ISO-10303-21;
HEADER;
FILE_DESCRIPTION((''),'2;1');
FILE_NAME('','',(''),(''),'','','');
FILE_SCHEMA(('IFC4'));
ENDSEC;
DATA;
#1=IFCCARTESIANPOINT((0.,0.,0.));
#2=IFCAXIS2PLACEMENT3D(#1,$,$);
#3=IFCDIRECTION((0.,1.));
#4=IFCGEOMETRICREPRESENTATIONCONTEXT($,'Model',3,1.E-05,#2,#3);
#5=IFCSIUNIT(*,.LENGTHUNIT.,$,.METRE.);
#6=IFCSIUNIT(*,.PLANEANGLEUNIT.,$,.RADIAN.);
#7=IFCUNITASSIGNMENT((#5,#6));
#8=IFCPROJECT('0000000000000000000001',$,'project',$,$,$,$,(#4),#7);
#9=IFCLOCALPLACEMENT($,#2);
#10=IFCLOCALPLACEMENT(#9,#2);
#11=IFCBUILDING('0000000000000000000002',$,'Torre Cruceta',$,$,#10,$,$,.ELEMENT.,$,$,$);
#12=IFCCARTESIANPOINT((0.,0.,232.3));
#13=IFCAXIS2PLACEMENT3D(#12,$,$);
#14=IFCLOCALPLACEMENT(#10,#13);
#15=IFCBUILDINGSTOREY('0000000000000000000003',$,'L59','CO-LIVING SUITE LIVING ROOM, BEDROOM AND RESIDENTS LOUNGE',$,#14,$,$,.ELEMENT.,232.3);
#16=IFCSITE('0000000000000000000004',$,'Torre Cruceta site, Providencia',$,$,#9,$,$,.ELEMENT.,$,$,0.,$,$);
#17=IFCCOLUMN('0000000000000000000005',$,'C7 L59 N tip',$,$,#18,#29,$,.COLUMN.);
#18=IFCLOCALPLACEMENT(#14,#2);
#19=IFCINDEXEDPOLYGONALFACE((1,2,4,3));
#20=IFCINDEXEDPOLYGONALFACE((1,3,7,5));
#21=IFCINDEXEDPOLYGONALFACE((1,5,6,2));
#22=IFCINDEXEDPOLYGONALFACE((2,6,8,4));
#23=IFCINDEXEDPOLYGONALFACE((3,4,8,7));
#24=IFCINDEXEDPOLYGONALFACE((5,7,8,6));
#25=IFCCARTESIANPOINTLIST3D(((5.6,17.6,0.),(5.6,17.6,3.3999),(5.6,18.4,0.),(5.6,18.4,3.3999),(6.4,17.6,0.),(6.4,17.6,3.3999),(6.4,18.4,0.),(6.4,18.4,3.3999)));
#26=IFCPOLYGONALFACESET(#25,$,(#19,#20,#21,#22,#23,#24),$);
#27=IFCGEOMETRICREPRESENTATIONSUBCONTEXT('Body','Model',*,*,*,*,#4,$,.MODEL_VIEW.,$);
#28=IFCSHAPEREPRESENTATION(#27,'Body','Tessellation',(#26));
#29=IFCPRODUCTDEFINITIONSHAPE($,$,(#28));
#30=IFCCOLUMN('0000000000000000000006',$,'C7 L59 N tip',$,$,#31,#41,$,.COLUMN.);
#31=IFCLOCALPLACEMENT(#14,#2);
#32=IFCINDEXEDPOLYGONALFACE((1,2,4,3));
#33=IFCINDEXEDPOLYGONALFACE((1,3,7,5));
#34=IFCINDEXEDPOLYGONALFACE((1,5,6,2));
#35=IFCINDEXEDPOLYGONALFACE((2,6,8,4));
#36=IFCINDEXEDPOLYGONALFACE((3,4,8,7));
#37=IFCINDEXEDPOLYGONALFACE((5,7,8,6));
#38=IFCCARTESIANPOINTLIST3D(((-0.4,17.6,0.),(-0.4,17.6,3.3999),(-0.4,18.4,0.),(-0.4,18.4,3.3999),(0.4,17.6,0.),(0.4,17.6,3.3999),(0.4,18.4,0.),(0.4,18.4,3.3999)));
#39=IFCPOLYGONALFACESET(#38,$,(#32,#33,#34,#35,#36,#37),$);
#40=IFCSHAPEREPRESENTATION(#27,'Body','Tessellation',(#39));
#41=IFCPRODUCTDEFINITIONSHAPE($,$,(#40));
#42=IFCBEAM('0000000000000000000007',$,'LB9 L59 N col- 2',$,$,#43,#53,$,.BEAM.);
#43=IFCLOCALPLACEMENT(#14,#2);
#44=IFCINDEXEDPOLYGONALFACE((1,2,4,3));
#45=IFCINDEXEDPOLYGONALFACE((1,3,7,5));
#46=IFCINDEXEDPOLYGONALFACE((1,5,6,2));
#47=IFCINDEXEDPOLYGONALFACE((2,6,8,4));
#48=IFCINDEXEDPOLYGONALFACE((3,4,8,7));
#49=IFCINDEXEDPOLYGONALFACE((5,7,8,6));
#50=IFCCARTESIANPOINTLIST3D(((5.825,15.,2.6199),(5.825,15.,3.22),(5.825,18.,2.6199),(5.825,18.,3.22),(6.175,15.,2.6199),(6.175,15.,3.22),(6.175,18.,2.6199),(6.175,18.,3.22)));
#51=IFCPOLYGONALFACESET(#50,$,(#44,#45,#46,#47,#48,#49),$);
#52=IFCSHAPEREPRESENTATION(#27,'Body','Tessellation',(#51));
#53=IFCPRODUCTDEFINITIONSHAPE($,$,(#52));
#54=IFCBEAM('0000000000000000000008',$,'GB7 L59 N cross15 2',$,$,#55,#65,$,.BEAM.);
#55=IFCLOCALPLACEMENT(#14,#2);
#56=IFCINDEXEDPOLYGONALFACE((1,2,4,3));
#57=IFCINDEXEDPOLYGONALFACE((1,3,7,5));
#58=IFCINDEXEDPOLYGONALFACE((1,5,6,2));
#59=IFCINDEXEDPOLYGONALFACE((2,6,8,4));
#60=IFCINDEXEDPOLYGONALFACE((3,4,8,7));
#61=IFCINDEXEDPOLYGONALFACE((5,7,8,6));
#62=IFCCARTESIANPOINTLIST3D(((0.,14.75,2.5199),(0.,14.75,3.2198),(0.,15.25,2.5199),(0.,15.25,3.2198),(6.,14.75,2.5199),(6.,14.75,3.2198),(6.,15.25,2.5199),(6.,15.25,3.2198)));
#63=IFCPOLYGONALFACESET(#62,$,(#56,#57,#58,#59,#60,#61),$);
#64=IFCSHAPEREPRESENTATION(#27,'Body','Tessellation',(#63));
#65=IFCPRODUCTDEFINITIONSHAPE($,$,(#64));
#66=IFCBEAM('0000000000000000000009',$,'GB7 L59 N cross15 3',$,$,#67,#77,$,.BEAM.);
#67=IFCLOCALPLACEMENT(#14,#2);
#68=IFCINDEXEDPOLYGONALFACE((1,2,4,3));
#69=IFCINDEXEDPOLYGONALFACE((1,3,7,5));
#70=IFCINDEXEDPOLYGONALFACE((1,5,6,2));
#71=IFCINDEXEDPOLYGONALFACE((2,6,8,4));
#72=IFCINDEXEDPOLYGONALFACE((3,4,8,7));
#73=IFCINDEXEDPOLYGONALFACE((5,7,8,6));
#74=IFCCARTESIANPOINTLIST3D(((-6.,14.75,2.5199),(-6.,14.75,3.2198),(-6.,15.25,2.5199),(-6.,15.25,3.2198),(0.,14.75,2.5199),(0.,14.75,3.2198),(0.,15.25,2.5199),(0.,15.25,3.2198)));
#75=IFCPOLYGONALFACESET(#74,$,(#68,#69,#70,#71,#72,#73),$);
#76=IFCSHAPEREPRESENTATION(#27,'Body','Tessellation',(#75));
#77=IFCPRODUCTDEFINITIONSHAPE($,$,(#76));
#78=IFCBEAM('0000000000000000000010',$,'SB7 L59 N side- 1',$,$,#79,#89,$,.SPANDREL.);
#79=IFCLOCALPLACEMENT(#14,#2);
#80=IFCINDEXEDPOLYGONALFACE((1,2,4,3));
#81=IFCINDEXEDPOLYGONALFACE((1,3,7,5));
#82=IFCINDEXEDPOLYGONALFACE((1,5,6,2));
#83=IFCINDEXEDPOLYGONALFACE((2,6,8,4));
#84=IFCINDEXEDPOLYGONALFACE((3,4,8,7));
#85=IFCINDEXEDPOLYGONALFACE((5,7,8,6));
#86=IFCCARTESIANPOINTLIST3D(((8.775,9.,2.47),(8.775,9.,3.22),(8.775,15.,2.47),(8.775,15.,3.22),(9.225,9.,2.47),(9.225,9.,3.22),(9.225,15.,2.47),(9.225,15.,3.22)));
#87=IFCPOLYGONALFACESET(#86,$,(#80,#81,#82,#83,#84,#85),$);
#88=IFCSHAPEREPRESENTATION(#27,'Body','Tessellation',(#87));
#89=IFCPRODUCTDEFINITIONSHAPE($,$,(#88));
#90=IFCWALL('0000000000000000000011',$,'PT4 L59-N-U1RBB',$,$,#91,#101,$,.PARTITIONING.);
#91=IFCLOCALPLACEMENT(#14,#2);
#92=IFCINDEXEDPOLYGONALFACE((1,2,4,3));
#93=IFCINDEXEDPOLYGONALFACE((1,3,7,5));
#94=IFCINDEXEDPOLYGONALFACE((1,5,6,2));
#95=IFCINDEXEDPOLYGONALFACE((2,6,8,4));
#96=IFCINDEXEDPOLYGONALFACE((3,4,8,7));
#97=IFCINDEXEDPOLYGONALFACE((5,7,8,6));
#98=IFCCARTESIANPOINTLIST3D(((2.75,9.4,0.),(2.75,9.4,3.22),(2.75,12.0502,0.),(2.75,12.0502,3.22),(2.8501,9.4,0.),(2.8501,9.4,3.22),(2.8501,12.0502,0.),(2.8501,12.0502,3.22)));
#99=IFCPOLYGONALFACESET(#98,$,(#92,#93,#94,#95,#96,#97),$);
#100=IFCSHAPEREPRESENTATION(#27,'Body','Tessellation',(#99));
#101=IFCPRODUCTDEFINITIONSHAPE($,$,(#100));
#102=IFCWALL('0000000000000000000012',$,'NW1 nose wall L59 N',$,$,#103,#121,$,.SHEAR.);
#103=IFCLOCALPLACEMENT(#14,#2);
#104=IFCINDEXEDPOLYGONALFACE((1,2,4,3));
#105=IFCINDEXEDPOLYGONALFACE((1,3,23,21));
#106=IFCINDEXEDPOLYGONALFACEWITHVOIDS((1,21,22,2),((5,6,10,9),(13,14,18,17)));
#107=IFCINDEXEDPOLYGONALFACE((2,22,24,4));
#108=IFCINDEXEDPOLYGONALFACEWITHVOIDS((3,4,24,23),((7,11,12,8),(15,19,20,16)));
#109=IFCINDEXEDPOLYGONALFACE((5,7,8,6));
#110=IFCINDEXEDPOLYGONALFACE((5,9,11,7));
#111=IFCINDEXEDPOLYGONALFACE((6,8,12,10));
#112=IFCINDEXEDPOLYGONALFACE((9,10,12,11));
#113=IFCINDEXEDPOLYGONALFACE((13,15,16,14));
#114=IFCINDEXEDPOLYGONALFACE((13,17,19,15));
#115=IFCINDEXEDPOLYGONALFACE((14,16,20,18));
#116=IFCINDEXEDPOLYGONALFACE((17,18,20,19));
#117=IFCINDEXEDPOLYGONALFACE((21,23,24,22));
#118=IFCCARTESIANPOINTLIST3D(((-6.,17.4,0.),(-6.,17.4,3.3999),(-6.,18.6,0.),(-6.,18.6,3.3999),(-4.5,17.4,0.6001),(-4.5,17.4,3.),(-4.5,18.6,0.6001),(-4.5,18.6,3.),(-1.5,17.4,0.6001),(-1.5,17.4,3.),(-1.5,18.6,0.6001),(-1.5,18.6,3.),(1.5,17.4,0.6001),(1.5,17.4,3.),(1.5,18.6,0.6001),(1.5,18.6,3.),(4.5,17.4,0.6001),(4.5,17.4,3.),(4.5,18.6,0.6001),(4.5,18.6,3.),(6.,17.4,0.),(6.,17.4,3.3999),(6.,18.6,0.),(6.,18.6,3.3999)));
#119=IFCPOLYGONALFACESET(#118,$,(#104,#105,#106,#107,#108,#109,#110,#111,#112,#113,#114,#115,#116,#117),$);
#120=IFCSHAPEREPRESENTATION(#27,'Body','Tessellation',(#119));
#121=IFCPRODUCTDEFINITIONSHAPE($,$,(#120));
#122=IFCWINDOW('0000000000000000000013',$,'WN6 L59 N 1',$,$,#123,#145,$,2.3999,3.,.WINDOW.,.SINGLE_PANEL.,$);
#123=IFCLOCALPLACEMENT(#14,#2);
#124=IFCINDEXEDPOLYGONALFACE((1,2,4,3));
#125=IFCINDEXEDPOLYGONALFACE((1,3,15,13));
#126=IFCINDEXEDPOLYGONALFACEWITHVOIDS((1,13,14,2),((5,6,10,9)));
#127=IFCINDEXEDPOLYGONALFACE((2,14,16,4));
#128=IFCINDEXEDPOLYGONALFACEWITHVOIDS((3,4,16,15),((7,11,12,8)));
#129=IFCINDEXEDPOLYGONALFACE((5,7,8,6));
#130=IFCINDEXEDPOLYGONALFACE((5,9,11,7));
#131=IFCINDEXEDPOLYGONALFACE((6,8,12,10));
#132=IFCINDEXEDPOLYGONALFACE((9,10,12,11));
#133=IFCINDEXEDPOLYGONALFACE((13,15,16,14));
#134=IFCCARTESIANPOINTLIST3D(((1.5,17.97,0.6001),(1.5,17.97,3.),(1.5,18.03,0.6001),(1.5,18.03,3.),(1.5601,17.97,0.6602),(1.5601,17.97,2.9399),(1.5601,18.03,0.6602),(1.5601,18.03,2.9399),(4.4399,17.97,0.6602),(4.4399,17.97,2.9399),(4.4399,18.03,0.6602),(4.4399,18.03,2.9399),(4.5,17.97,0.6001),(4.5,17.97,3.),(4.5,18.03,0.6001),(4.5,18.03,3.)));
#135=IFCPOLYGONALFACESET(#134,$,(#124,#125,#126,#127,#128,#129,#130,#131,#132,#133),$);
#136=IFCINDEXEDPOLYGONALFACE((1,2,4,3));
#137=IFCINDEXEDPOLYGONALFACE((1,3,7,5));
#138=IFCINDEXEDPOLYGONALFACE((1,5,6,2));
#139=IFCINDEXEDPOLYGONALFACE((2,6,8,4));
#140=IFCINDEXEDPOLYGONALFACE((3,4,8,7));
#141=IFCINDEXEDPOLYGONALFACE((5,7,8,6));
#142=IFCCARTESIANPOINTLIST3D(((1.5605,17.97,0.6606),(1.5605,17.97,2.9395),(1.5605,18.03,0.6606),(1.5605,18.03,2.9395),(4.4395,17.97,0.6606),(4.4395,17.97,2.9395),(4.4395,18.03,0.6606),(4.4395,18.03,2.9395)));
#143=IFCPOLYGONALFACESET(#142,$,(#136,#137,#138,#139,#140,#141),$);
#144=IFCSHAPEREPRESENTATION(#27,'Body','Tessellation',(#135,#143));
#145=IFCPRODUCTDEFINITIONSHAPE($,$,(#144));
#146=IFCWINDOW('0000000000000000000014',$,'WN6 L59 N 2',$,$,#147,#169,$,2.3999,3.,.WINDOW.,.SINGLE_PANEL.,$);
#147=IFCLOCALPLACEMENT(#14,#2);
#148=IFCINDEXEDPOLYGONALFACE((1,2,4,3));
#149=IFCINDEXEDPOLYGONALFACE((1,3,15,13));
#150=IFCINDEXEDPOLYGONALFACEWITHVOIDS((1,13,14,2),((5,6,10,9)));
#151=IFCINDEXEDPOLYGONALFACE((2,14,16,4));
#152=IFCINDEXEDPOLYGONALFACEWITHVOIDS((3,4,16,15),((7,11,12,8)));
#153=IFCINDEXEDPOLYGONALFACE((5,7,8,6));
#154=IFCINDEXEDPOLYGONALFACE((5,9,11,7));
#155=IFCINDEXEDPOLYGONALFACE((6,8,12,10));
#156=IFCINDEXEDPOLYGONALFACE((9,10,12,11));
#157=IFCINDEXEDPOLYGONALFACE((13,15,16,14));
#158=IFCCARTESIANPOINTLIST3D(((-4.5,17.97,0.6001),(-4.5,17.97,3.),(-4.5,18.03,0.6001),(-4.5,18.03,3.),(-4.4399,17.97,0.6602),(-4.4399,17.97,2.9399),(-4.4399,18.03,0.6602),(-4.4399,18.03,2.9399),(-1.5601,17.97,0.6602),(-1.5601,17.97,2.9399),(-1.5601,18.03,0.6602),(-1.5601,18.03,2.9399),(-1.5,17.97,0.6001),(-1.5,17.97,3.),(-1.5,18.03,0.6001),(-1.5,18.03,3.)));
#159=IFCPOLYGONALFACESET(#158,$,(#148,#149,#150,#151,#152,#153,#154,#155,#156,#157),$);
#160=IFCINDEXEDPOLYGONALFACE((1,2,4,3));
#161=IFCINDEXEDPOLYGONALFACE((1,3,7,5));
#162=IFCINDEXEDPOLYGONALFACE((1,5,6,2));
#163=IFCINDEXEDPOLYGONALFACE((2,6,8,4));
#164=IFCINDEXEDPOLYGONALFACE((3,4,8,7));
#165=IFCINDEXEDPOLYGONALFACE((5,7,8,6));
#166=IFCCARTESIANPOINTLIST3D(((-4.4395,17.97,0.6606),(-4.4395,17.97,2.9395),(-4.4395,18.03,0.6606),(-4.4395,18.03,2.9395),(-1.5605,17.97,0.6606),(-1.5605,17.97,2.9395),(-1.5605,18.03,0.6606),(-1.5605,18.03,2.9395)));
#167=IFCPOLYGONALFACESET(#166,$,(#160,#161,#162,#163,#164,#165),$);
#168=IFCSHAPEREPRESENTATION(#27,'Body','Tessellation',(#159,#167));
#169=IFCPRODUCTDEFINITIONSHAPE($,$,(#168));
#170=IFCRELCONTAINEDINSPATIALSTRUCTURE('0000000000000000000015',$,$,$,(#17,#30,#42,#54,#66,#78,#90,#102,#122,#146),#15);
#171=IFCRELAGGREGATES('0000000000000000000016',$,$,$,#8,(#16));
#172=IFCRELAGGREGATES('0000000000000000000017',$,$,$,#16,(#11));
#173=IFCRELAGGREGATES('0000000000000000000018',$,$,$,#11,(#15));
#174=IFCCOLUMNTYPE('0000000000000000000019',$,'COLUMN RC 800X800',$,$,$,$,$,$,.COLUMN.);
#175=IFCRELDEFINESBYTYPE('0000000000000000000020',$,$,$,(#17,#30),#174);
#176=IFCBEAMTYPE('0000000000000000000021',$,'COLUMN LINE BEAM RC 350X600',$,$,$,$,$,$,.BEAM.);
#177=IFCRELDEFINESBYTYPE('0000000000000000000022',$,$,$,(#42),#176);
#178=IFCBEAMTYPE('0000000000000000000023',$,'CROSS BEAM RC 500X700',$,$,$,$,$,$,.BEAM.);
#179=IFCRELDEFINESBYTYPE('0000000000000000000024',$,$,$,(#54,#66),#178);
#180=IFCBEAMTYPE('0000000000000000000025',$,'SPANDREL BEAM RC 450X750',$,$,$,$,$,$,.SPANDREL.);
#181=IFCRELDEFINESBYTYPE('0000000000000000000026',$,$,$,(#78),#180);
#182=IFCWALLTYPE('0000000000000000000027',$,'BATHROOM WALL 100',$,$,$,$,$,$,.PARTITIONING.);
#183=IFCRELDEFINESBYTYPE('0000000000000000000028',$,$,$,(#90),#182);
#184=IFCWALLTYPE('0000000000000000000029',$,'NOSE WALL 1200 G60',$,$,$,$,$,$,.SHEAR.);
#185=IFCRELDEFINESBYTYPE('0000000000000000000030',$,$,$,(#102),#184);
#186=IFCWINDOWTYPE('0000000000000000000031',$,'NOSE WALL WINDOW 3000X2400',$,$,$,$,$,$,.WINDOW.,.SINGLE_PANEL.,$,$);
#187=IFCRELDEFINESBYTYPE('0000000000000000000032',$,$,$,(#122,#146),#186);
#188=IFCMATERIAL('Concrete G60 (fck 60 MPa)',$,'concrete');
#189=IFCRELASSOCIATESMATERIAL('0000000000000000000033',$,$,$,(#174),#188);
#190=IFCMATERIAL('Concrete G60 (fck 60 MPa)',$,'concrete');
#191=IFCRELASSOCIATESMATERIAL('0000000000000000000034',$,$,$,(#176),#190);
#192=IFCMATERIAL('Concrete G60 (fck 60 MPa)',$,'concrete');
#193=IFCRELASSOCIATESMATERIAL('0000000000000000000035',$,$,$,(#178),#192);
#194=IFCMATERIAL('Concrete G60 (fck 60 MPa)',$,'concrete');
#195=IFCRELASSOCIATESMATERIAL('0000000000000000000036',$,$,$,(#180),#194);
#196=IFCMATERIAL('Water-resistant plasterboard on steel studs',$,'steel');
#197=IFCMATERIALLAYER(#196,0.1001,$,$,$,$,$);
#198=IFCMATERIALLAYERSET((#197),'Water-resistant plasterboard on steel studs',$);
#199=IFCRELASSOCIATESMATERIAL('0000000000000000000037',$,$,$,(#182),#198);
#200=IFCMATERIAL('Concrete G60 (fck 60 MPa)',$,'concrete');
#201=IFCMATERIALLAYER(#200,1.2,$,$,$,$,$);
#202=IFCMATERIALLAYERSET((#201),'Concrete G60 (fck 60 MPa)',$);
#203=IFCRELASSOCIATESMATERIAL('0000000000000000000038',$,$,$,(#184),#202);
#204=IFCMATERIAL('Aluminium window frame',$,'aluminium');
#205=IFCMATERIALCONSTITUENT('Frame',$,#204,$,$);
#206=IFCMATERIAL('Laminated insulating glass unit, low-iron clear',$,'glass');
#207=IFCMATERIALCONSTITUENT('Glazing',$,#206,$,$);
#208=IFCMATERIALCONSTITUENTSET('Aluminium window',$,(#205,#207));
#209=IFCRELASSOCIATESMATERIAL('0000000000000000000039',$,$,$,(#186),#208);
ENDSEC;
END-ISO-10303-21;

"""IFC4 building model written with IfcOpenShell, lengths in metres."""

from ifc_helpers import new_model, si_unit, direction, frame, frame_2d, origin, origin_2d, place, context, subcontext, project, spatial, rectangle, hollow_rectangle, extrude, material, layer, layer_set, constituent, constituent_set, material_profile, profile_set, type_object, element, fill, save


model = new_model("IFC4")

# Units and contexts
model_context = context("Model", 3, precision=1e-05, world=origin(), true_north=direction((0.0, 1.0)))
body_context = subcontext(model_context, "Body", "Model", "MODEL_VIEW")
ifc_project = project(units=[si_unit("LENGTHUNIT", "METRE"), si_unit("PLANEANGLEUNIT", "RADIAN")], contexts=[model_context])

# Site, building, storey
site_placement = place(None, origin())
site = spatial("IfcSite", under=ifc_project, at=site_placement, Name="Torre Cruceta site, Providencia", CompositionType="ELEMENT", RefElevation=0.0)
building_placement = place(site_placement, origin())
building = spatial("IfcBuilding", under=site, at=building_placement, Name="Torre Cruceta", CompositionType="ELEMENT")
storey_placement = place(building_placement, frame((0.0, 0.0, 232.3)))
storey = spatial("IfcBuildingStorey", under=building, at=storey_placement, Name="L59", Description="CO-LIVING SUITE LIVING ROOM, BEDROOM AND RESIDENTS LOUNGE", CompositionType="ELEMENT", Elevation=232.3)

# Columns
ifc_material_1 = material(Name="Concrete G60 (fck 60 MPa)", Category="concrete")
ifc_material_profile_1 = material_profile(ifc_material_1, rectangle(XDim=0.8, YDim=0.8, at=origin_2d()), Name="RC 800X800")
ifc_profile_set_1 = profile_set([ifc_material_profile_1], Name="Concrete G60 (fck 60 MPa)")
column_type = type_object("IfcColumnType", Name="COLUMN RC 800X800", PredefinedType="COLUMN", material=ifc_profile_set_1)
for number, where, z_axis, x_axis, name in (
    (1, (6.0, 18.0, 0.0), (0.0, 0.0, 1.0), (1.0, 0.0, 0.0), "C7 L59 N tip"),
    (2, (0.0, 18.0, 0.0), (0.0, 0.0, 1.0), (1.0, 0.0, 0.0), "C7 L59 N tip"),
):
    element("IfcColumn", number, at=place(storey_placement, frame(where, z_axis=z_axis, x_axis=x_axis)), inside=storey, type_object=column_type, Name=name, PredefinedType="COLUMN", context=body_context, shape_type="SweptSolid", body=[
        extrude(rectangle(XDim=0.8, YDim=0.8, at=origin_2d()), origin(), (0.0, 0.0, 1.0), 3.3999),
    ])

# Beams
ifc_material_2 = material(Name="Concrete G60 (fck 60 MPa)", Category="concrete")
ifc_material_profile_2 = material_profile(ifc_material_2, rectangle(XDim=0.3501, YDim=0.6001, at=origin_2d()), Name="RC 350X600")
ifc_profile_set_2 = profile_set([ifc_material_profile_2], Name="Concrete G60 (fck 60 MPa)")
beam_type_1 = type_object("IfcBeamType", Name="COLUMN LINE BEAM RC 350X600", PredefinedType="BEAM", material=ifc_profile_set_2)
beam_1_placement = place(storey_placement, frame((6.0, 15.0, 2.9199), z_axis=(0.0, 1.0, 0.0), x_axis=(-1.0, 0.0, 0.0)))
element("IfcBeam", 3, at=beam_1_placement, inside=storey, type_object=beam_type_1, Name="LB9 L59 N col- 2", PredefinedType="BEAM", context=body_context, shape_type="SweptSolid", body=[
    extrude(rectangle(XDim=0.3501, YDim=0.6001, at=origin_2d()), origin(), (0.0, 0.0, 1.0), 3.0),
])
ifc_material_3 = material(Name="Concrete G60 (fck 60 MPa)", Category="concrete")
ifc_material_profile_3 = material_profile(ifc_material_3, rectangle(XDim=0.5, YDim=0.7, at=origin_2d()), Name="RC 500X700")
ifc_profile_set_3 = profile_set([ifc_material_profile_3], Name="Concrete G60 (fck 60 MPa)")
beam_type_2 = type_object("IfcBeamType", Name="CROSS BEAM RC 500X700", PredefinedType="BEAM", material=ifc_profile_set_3)
for number, where, z_axis, x_axis, name in (
    (4, (6.0, 15.0, 2.8699), (-1.0, 0.0, 0.0), (0.0, -1.0, 0.0), "GB7 L59 N cross15 2"),
    (5, (0.0, 15.0, 2.8699), (-1.0, 0.0, 0.0), (0.0, -1.0, 0.0), "GB7 L59 N cross15 3"),
):
    element("IfcBeam", number, at=place(storey_placement, frame(where, z_axis=z_axis, x_axis=x_axis)), inside=storey, type_object=beam_type_2, Name=name, PredefinedType="BEAM", context=body_context, shape_type="SweptSolid", body=[
        extrude(rectangle(XDim=0.5, YDim=0.7, at=origin_2d()), origin(), (0.0, 0.0, 1.0), 6.0),
    ])
ifc_material_4 = material(Name="Concrete G60 (fck 60 MPa)", Category="concrete")
ifc_material_profile_4 = material_profile(ifc_material_4, rectangle(XDim=0.45, YDim=0.75, at=origin_2d()), Name="RC 450X750")
ifc_profile_set_4 = profile_set([ifc_material_profile_4], Name="Concrete G60 (fck 60 MPa)")
beam_type_3 = type_object("IfcBeamType", Name="SPANDREL BEAM RC 450X750", PredefinedType="SPANDREL", material=ifc_profile_set_4)
beam_2_placement = place(storey_placement, frame((9.0, 9.0, 2.845), z_axis=(0.0, 1.0, 0.0), x_axis=(-1.0, 0.0, 0.0)))
element("IfcBeam", 6, at=beam_2_placement, inside=storey, type_object=beam_type_3, Name="SB7 L59 N side- 1", PredefinedType="SPANDREL", context=body_context, shape_type="SweptSolid", body=[
    extrude(rectangle(XDim=0.45, YDim=0.75, at=origin_2d()), origin(), (0.0, 0.0, 1.0), 6.0),
])

# Wall
ifc_material_5 = material(Name="Water-resistant plasterboard on steel studs", Category="steel")
ifc_layer_1 = layer(ifc_material_5, 0.1001)
ifc_layer_set_1 = layer_set([ifc_layer_1], Name="Water-resistant plasterboard on steel studs")
wall_type_1 = type_object("IfcWallType", Name="BATHROOM WALL 100", PredefinedType="PARTITIONING", material=ifc_layer_set_1)
wall_1_placement = place(storey_placement, frame((2.8, 9.3999, 0.0), z_axis=(0.0, 0.0, 1.0), x_axis=(0.0, 1.0, 0.0)))
element("IfcWall", 7, at=wall_1_placement, inside=storey, type_object=wall_type_1, Name="PT4 L59-N-U1RBB", PredefinedType="PARTITIONING", context=body_context, shape_type="SweptSolid", body=[
    extrude(rectangle(XDim=2.6501, YDim=0.1001, at=frame_2d((1.3252, 0.0))), origin(), (0.0, 0.0, 1.0), 3.22),
])

# Wall, openings, windows
ifc_material_6 = material(Name="Concrete G60 (fck 60 MPa)", Category="concrete")
ifc_layer_2 = layer(ifc_material_6, 1.2)
ifc_layer_set_2 = layer_set([ifc_layer_2], Name="Concrete G60 (fck 60 MPa)")
wall_type_2 = type_object("IfcWallType", Name="NOSE WALL 1200 G60", PredefinedType="SHEAR", material=ifc_layer_set_2)
wall_2_placement = place(storey_placement, frame((6.0, 18.0, 0.0), z_axis=(0.0, 0.0, 1.0), x_axis=(-1.0, 0.0, 0.0)))
wall_2 = element("IfcWall", 8, at=wall_2_placement, inside=storey, type_object=wall_type_2, Name="NW1 nose wall L59 N", PredefinedType="SHEAR", context=body_context, shape_type="SweptSolid", body=[
    extrude(rectangle(XDim=12.0, YDim=1.2, at=frame_2d((6.0, 0.0))), origin(), (0.0, 0.0, 1.0), 3.3999),
])
opening_1_placement = place(wall_2_placement, frame((1.5, 0.0, 0.6001)))
opening_1 = element("IfcOpeningElement", 9, at=opening_1_placement, cuts=wall_2, PredefinedType="OPENING", context=body_context, shape_type="SweptSolid", body=[
    extrude(rectangle(XDim=3.0, YDim=2.3999, at=frame_2d((1.5, 1.2))), frame((0.0, 0.6099, 0.0), z_axis=(0.0, -1.0, 0.0), x_axis=(1.0, 0.0, 0.0)), (0.0, 0.0, 1.0), 1.22),
])
opening_2_placement = place(wall_2_placement, frame((7.5, 0.0, 0.6001)))
opening_2 = element("IfcOpeningElement", 10, at=opening_2_placement, cuts=wall_2, PredefinedType="OPENING", context=body_context, shape_type="SweptSolid", body=[
    extrude(rectangle(XDim=3.0, YDim=2.3999, at=frame_2d((1.5, 1.2))), frame((0.0, 0.6099, 0.0), z_axis=(0.0, -1.0, 0.0), x_axis=(1.0, 0.0, 0.0)), (0.0, 0.0, 1.0), 1.22),
])
ifc_material_7 = material(Name="Aluminium window frame", Category="aluminium")
ifc_constituent_1 = constituent(ifc_material_7, Name="Frame")
ifc_material_8 = material(Name="Laminated insulating glass unit, low-iron clear", Category="glass")
ifc_constituent_2 = constituent(ifc_material_8, Name="Glazing")
ifc_constituent_set_1 = constituent_set(constituents=[ifc_constituent_1, ifc_constituent_2], Name="Aluminium window")
window_type = type_object("IfcWindowType", Name="NOSE WALL WINDOW 3000X2400", PartitioningType="SINGLE_PANEL", PredefinedType="WINDOW", material=ifc_constituent_set_1)
window_1_placement = place(opening_1_placement, origin())
window_1 = element("IfcWindow", 11, at=window_1_placement, inside=storey, type_object=window_type, Name="WN6 L59 N 1", OverallHeight=2.3999, OverallWidth=3.0, PartitioningType="SINGLE_PANEL", PredefinedType="WINDOW", context=body_context, shape_type="SweptSolid", body=[
    extrude(hollow_rectangle(XDim=3.0, YDim=2.3999, WallThickness=0.0601, at=frame_2d((1.5, 1.2))), frame((0.0, 0.03, 0.0), z_axis=(0.0, -1.0, 0.0), x_axis=(1.0, 0.0, 0.0)), (0.0, 0.0, 1.0), 0.0601),
    extrude(rectangle(XDim=2.8789, YDim=2.2788, at=frame_2d((1.5, 1.2))), frame((0.0, 0.03, 0.0), z_axis=(0.0, -1.0, 0.0), x_axis=(1.0, 0.0, 0.0)), (0.0, 0.0, 1.0), 0.0601),
])
fill(opening_1, window_1)
window_2_placement = place(opening_2_placement, origin())
window_2 = element("IfcWindow", 12, at=window_2_placement, inside=storey, type_object=window_type, Name="WN6 L59 N 2", OverallHeight=2.3999, OverallWidth=3.0, PartitioningType="SINGLE_PANEL", PredefinedType="WINDOW", context=body_context, shape_type="SweptSolid", body=[
    extrude(hollow_rectangle(XDim=3.0, YDim=2.3999, WallThickness=0.0601, at=frame_2d((1.5, 1.2))), frame((0.0, 0.03, 0.0), z_axis=(0.0, -1.0, 0.0), x_axis=(1.0, 0.0, 0.0)), (0.0, 0.0, 1.0), 0.0601),
    extrude(rectangle(XDim=2.8789, YDim=2.2788, at=frame_2d((1.5, 1.2))), frame((0.0, 0.03, 0.0), z_axis=(0.0, -1.0, 0.0), x_axis=(1.0, 0.0, 0.0)), (0.0, 0.0, 1.0), 0.0601),
])
fill(opening_2, window_2)

save(model, "model.ifc")
